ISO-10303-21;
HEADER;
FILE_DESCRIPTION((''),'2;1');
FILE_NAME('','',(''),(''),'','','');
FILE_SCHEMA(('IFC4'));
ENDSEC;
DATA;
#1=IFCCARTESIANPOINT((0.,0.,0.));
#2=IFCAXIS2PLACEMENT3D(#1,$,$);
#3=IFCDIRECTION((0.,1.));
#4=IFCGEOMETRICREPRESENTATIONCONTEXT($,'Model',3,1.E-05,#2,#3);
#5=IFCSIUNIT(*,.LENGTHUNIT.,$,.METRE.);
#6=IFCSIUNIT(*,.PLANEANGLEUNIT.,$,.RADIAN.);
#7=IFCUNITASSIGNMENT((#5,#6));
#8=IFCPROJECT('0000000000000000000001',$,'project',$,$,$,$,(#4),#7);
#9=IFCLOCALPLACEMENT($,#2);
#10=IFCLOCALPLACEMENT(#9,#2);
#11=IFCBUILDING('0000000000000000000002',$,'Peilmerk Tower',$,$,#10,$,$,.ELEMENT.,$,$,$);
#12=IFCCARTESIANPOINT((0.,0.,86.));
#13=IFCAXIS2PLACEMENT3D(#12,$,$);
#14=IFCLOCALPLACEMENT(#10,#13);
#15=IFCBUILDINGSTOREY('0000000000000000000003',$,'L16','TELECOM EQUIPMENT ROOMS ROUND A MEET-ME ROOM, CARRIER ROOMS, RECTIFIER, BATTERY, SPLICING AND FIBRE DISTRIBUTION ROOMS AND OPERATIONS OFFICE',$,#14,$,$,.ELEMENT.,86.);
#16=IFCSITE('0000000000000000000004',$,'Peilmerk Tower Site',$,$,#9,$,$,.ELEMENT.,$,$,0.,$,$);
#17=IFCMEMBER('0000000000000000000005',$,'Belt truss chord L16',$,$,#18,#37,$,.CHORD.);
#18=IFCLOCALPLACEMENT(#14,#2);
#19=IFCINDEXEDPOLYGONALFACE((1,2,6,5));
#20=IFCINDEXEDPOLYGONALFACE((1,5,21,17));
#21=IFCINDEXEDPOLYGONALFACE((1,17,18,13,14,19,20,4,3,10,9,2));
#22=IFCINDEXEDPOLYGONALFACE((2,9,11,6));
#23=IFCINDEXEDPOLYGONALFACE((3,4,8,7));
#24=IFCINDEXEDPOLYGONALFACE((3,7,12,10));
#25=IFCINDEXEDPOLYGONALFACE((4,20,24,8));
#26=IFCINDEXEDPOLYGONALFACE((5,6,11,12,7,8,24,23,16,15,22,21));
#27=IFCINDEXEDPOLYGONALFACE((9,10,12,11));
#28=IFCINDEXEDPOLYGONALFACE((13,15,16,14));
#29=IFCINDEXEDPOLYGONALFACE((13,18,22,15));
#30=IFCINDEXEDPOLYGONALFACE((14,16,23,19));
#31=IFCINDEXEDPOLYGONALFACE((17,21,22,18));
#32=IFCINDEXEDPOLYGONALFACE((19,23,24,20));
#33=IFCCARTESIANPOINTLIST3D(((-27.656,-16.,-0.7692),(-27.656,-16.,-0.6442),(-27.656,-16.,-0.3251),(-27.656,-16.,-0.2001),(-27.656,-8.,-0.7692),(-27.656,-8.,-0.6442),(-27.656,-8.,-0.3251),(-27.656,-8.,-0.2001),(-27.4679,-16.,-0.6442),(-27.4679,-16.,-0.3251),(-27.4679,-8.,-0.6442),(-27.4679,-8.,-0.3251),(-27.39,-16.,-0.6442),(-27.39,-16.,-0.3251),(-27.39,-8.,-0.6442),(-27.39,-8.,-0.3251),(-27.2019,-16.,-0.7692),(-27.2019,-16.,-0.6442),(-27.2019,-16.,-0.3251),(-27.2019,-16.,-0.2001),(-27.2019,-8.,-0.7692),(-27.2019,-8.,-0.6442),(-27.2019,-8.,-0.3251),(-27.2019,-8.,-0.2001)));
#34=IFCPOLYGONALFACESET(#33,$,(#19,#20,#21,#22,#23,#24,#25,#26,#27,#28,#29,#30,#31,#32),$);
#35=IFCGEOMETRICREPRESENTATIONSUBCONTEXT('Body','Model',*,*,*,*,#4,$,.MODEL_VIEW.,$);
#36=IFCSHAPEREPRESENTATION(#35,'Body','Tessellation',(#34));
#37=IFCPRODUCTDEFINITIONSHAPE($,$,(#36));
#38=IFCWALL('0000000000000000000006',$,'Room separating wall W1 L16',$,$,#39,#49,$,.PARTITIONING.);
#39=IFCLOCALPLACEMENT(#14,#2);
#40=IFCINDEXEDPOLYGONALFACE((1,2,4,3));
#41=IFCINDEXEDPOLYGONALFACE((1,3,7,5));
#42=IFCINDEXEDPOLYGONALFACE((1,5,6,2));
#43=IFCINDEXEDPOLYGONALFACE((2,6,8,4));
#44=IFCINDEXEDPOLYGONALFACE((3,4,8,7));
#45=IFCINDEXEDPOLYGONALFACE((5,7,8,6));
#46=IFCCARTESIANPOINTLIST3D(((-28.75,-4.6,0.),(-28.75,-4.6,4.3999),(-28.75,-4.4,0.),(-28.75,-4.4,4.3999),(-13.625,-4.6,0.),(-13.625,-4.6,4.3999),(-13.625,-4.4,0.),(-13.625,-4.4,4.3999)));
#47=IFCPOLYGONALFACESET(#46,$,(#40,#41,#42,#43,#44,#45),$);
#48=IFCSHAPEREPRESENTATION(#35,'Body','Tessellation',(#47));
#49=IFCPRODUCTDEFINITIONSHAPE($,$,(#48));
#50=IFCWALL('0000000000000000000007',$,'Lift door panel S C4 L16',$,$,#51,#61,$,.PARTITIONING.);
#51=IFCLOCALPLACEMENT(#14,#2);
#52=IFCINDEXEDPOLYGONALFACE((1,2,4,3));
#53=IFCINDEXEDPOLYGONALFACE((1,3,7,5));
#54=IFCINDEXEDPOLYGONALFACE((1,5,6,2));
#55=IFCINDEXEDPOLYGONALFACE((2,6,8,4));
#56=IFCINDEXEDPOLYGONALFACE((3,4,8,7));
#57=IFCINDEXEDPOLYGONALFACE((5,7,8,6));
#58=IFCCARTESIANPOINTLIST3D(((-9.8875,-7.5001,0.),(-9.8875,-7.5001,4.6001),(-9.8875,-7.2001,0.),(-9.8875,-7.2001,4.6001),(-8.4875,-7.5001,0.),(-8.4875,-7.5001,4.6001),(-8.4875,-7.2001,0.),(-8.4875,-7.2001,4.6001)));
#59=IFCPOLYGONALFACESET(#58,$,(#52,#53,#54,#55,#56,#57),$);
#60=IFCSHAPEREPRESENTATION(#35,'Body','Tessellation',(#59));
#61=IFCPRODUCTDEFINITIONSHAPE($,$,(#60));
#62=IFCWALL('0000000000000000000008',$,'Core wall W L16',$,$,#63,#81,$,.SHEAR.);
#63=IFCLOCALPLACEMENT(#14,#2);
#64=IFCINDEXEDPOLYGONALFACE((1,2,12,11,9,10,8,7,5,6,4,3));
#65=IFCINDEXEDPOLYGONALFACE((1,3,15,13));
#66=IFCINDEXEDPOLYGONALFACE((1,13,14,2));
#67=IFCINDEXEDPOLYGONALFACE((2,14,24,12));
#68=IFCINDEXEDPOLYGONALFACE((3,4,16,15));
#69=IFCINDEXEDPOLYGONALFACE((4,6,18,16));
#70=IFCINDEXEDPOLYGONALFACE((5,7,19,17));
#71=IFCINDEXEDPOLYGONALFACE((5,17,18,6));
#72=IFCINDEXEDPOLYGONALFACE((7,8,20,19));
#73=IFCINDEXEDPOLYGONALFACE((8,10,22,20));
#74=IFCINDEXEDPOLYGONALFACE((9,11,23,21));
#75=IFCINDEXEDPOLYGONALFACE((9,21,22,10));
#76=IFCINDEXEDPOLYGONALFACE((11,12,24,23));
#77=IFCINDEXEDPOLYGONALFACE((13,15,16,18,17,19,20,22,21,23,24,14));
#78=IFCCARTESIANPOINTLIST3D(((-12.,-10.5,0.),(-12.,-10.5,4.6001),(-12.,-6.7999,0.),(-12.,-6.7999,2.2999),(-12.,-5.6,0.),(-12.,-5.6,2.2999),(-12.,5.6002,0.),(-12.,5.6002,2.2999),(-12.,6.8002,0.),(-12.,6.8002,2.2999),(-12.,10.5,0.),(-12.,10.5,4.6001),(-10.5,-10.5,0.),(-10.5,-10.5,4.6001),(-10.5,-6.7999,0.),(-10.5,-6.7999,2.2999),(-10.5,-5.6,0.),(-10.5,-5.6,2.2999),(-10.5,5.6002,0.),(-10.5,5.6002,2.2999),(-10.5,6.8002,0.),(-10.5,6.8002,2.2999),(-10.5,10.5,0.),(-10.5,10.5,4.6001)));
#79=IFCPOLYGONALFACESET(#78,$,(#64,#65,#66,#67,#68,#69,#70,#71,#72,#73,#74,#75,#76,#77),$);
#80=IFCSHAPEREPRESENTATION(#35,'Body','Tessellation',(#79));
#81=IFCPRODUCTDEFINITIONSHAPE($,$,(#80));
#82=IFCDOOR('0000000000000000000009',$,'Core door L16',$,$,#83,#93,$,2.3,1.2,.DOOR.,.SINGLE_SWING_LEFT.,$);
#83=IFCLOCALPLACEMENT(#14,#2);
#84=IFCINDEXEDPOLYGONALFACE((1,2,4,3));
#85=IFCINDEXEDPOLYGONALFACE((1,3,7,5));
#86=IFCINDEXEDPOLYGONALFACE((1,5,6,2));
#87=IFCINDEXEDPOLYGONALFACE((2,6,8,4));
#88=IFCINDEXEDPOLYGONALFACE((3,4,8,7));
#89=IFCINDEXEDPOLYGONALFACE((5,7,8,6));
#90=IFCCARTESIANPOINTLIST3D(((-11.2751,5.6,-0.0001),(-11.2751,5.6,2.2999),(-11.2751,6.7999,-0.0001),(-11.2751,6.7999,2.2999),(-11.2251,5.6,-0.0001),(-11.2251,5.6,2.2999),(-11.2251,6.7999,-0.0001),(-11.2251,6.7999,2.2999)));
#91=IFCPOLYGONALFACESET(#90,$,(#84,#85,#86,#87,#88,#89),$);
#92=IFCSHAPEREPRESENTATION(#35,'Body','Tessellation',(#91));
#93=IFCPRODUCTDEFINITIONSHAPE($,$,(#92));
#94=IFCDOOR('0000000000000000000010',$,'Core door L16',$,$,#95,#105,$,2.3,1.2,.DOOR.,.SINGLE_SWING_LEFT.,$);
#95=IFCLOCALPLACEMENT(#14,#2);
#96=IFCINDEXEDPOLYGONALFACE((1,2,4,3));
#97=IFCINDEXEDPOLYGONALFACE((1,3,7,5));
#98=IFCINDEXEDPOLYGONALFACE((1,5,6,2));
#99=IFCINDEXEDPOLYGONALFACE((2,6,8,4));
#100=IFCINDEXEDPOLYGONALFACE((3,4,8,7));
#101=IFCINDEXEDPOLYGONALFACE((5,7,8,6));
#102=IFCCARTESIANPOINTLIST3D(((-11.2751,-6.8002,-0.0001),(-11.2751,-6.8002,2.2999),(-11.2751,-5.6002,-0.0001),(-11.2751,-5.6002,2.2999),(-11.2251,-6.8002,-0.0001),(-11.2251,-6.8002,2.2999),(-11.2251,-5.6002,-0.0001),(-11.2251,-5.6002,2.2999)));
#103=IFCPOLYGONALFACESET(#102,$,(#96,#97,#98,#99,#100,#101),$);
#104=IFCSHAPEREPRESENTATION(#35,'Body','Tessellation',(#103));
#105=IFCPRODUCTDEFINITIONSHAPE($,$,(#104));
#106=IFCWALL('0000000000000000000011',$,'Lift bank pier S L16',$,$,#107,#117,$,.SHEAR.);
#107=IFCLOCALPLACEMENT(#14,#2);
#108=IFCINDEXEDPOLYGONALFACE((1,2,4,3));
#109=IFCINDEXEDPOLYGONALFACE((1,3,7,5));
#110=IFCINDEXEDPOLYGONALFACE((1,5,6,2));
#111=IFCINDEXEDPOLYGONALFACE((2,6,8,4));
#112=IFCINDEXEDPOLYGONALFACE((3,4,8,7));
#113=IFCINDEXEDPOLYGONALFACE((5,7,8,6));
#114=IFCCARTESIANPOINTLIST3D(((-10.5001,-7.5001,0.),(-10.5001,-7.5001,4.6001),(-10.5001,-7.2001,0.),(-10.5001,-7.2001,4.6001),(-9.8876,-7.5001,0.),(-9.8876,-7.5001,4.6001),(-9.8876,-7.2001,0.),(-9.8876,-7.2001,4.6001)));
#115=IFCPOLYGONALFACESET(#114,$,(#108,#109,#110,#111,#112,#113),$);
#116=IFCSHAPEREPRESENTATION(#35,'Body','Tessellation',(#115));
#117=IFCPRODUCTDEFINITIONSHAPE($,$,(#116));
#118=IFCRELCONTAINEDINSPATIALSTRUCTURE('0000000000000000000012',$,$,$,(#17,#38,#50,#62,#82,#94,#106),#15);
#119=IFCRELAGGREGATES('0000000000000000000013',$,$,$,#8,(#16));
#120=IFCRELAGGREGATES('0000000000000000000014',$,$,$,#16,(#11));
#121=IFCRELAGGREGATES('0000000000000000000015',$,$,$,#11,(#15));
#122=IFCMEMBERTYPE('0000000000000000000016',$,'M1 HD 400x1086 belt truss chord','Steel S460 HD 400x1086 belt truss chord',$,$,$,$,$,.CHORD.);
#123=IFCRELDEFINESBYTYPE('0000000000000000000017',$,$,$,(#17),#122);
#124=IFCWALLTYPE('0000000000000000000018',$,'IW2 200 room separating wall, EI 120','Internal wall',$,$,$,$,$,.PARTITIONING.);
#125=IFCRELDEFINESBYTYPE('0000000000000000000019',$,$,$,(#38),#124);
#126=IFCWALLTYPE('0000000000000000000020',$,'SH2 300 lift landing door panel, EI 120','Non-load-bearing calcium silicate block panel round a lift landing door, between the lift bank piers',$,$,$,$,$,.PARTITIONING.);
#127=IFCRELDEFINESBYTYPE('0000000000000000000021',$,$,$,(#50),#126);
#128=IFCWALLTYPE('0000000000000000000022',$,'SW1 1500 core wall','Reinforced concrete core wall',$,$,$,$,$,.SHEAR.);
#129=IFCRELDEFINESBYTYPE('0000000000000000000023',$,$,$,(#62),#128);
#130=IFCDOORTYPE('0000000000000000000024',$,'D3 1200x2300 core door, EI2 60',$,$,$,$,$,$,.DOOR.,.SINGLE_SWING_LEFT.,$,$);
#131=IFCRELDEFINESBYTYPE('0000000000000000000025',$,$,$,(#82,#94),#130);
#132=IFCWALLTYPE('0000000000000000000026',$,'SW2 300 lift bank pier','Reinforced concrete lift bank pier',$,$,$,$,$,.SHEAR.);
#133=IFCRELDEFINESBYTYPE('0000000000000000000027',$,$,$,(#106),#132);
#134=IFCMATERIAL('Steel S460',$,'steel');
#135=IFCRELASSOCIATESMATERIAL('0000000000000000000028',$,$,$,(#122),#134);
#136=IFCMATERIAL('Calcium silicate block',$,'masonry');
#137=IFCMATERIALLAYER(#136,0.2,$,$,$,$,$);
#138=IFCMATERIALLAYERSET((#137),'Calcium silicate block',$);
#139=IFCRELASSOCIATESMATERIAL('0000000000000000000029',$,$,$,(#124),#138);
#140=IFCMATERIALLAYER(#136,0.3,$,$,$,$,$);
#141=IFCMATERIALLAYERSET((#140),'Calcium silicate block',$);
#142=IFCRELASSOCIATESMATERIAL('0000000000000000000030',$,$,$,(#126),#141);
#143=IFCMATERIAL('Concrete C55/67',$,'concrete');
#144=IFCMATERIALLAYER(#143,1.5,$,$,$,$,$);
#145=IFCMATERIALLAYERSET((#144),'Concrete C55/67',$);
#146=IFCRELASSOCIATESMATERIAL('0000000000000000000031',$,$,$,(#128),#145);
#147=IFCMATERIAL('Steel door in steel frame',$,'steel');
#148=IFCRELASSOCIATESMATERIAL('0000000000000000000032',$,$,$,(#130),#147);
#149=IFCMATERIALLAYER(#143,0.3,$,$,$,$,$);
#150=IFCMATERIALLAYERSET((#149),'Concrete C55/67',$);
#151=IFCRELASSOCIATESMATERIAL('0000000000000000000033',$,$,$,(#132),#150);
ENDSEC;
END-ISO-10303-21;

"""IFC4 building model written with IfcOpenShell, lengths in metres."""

from ifc_helpers import new_model, si_unit, direction, frame, frame_2d, origin, origin_2d, place, context, subcontext, project, spatial, rectangle, i_section, extrude, material, layer, layer_set, material_profile, profile_set, type_object, element, fill, save


model = new_model("IFC4")

# Units and contexts
model_context = context("Model", 3, precision=1e-05, world=origin(), true_north=direction((0.0, 1.0)))
body_context = subcontext(model_context, "Body", "Model", "MODEL_VIEW")
ifc_project = project(units=[si_unit("LENGTHUNIT", "METRE"), si_unit("PLANEANGLEUNIT", "RADIAN")], contexts=[model_context])

# Site, building, storey
site_placement = place(None, origin())
site = spatial("IfcSite", under=ifc_project, at=site_placement, Name="Peilmerk Tower Site", CompositionType="ELEMENT", RefElevation=0.0)
building_placement = place(site_placement, origin())
building = spatial("IfcBuilding", under=site, at=building_placement, Name="Peilmerk Tower", CompositionType="ELEMENT")
storey_placement = place(building_placement, frame((0.0, 0.0, 86.0)))
storey = spatial("IfcBuildingStorey", under=building, at=storey_placement, Name="L16", Description="TELECOM EQUIPMENT ROOMS ROUND A MEET-ME ROOM, CARRIER ROOMS, RECTIFIER, BATTERY, SPLICING AND FIBRE DISTRIBUTION ROOMS AND OPERATIONS OFFICE", CompositionType="ELEMENT", Elevation=86.0)

# Shared definitions
ifc_material_1 = material(Name="Steel S460", Category="steel")

# Member
ifc_material_profile_1 = material_profile(ifc_material_1, i_section(OverallWidth=0.4541, OverallDepth=0.5691, WebThickness=0.0779, FlangeThickness=0.125, at=origin_2d()), Name="HD 400x1086")
ifc_profile_set_1 = profile_set([ifc_material_profile_1], Name="Steel S460")
member_type = type_object("IfcMemberType", Name="M1 HD 400x1086 belt truss chord", Description="Steel S460 HD 400x1086 belt truss chord", PredefinedType="CHORD", material=ifc_profile_set_1)
for number, where, z_axis, x_axis, name in (
    (1, (-27.429, -8.0, -0.4846), (0.0, -1.0, 0.0), (1.0, 0.0, 0.0), "Belt truss chord L16"),
):
    element("IfcMember", number, at=place(storey_placement, frame(where, z_axis=z_axis, x_axis=x_axis)), inside=storey, type_object=member_type, Name=name, PredefinedType="CHORD", context=body_context, shape_type="SweptSolid", body=[
        extrude(i_section(OverallWidth=0.4541, OverallDepth=0.5691, WebThickness=0.0779, FlangeThickness=0.125, at=origin_2d()), origin(), (0.0, 0.0, 1.0), 8.0),
    ])

# Walls
ifc_material_2 = material(Name="Calcium silicate block", Category="masonry")
ifc_layer_1 = layer(ifc_material_2, 0.2)
ifc_layer_set_1 = layer_set([ifc_layer_1], Name="Calcium silicate block")
wall_type_1 = type_object("IfcWallType", Name="IW2 200 room separating wall, EI 120", Description="Internal wall", PredefinedType="PARTITIONING", material=ifc_layer_set_1)
wall_1_placement = place(storey_placement, frame((-13.625, -4.5, 0.0), z_axis=(0.0, 0.0, 1.0), x_axis=(-1.0, 0.0, 0.0)))
element("IfcWall", 2, at=wall_1_placement, inside=storey, type_object=wall_type_1, Name="Room separating wall W1 L16", PredefinedType="PARTITIONING", context=body_context, shape_type="SweptSolid", body=[
    extrude(rectangle(XDim=15.125, YDim=0.2, at=frame_2d((7.5625, 0.0))), origin(), (0.0, 0.0, 1.0), 4.3999),
])
ifc_layer_2 = layer(ifc_material_2, 0.3)
ifc_layer_set_2 = layer_set([ifc_layer_2], Name="Calcium silicate block")
wall_type_2 = type_object("IfcWallType", Name="SH2 300 lift landing door panel, EI 120", Description="Non-load-bearing calcium silicate block panel round a lift landing door, between the lift bank piers", PredefinedType="PARTITIONING", material=ifc_layer_set_2)
wall_2_placement = place(storey_placement, frame((-9.8875, -7.3501, 0.0), z_axis=(0.0, 0.0, 1.0), x_axis=(1.0, 0.0, 0.0)))
element("IfcWall", 3, at=wall_2_placement, inside=storey, type_object=wall_type_2, Name="Lift door panel S C4 L16", PredefinedType="PARTITIONING", context=body_context, shape_type="SweptSolid", body=[
    extrude(rectangle(XDim=1.3999, YDim=0.3, at=frame_2d((0.7, 0.0))), origin(), (0.0, 0.0, 1.0), 4.6001),
])

# Wall, openings, doors
ifc_material_3 = material(Name="Concrete C55/67", Category="concrete")
ifc_layer_3 = layer(ifc_material_3, 1.5)
ifc_layer_set_3 = layer_set([ifc_layer_3], Name="Concrete C55/67")
wall_type_3 = type_object("IfcWallType", Name="SW1 1500 core wall", Description="Reinforced concrete core wall", PredefinedType="SHEAR", material=ifc_layer_set_3)
wall_3_placement = place(storey_placement, frame((-11.25, -10.5, 0.0), z_axis=(0.0, 0.0, 1.0), x_axis=(0.0, 1.0, 0.0)))
wall_3 = element("IfcWall", 4, at=wall_3_placement, inside=storey, type_object=wall_type_3, Name="Core wall W L16", PredefinedType="SHEAR", context=body_context, shape_type="SweptSolid", body=[
    extrude(rectangle(XDim=21.0, YDim=1.5, at=frame_2d((10.5, 0.0))), origin(), (0.0, 0.0, 1.0), 4.6001),
])
opening_1_placement = place(wall_3_placement, frame((16.1001, 0.0, 0.0)))
opening_1 = element("IfcOpeningElement", 5, at=opening_1_placement, cuts=wall_3, PredefinedType="OPENING", context=body_context, shape_type="SweptSolid", body=[
    extrude(rectangle(XDim=1.2, YDim=2.3, at=frame_2d((0.6001, 1.1499))), frame((0.0, 0.76, 0.0), z_axis=(0.0, -1.0, 0.0), x_axis=(1.0, 0.0, 0.0)), (0.0, 0.0, 1.0), 1.52),
])
opening_2_placement = place(wall_3_placement, frame((3.7, 0.0, 0.0)))
opening_2 = element("IfcOpeningElement", 6, at=opening_2_placement, cuts=wall_3, PredefinedType="OPENING", context=body_context, shape_type="SweptSolid", body=[
    extrude(rectangle(XDim=1.2, YDim=2.3, at=frame_2d((0.6001, 1.1499))), frame((0.0, 0.76, 0.0), z_axis=(0.0, -1.0, 0.0), x_axis=(1.0, 0.0, 0.0)), (0.0, 0.0, 1.0), 1.52),
])
ifc_material_4 = material(Name="Steel door in steel frame", Category="steel")
door_type = type_object("IfcDoorType", Name="D3 1200x2300 core door, EI2 60", OperationType="SINGLE_SWING_LEFT", PredefinedType="DOOR", material=ifc_material_4)
door_1_placement = place(opening_1_placement, frame((1.2, 0.0, 0.0), z_axis=(0.0, 0.0, 1.0), x_axis=(-1.0, 0.0, 0.0)))
door_1 = element("IfcDoor", 7, at=door_1_placement, inside=storey, type_object=door_type, Name="Core door L16", OperationType="SINGLE_SWING_LEFT", OverallHeight=2.3, OverallWidth=1.2, PredefinedType="DOOR", context=body_context, shape_type="SweptSolid", body=[
    extrude(rectangle(XDim=1.2, YDim=2.3, at=frame_2d((0.6001, 1.1499))), frame((0.0, 0.0249, 0.0), z_axis=(0.0, -1.0, 0.0), x_axis=(1.0, 0.0, 0.0)), (0.0, 0.0, 1.0), 0.05),
])
fill(opening_1, door_1)
door_2_placement = place(opening_2_placement, frame((1.2, 0.0, 0.0), z_axis=(0.0, 0.0, 1.0), x_axis=(-1.0, 0.0, 0.0)))
door_2 = element("IfcDoor", 8, at=door_2_placement, inside=storey, type_object=door_type, Name="Core door L16", OperationType="SINGLE_SWING_LEFT", OverallHeight=2.3, OverallWidth=1.2, PredefinedType="DOOR", context=body_context, shape_type="SweptSolid", body=[
    extrude(rectangle(XDim=1.2, YDim=2.3, at=frame_2d((0.6001, 1.1499))), frame((0.0, 0.0249, 0.0), z_axis=(0.0, -1.0, 0.0), x_axis=(1.0, 0.0, 0.0)), (0.0, 0.0, 1.0), 0.05),
])
fill(opening_2, door_2)

# Wall
ifc_layer_4 = layer(ifc_material_3, 0.3)
ifc_layer_set_4 = layer_set([ifc_layer_4], Name="Concrete C55/67")
wall_type_4 = type_object("IfcWallType", Name="SW2 300 lift bank pier", Description="Reinforced concrete lift bank pier", PredefinedType="SHEAR", material=ifc_layer_set_4)
wall_4_placement = place(storey_placement, frame((-10.5, -7.3501, 0.0), z_axis=(0.0, 0.0, 1.0), x_axis=(1.0, 0.0, 0.0)))
element("IfcWall", 9, at=wall_4_placement, inside=storey, type_object=wall_type_4, Name="Lift bank pier S L16", PredefinedType="SHEAR", context=body_context, shape_type="SweptSolid", body=[
    extrude(rectangle(XDim=0.6125, YDim=0.3, at=frame_2d((0.3062, 0.0))), origin(), (0.0, 0.0, 1.0), 4.6001),
])

save(model, "model.ifc")
